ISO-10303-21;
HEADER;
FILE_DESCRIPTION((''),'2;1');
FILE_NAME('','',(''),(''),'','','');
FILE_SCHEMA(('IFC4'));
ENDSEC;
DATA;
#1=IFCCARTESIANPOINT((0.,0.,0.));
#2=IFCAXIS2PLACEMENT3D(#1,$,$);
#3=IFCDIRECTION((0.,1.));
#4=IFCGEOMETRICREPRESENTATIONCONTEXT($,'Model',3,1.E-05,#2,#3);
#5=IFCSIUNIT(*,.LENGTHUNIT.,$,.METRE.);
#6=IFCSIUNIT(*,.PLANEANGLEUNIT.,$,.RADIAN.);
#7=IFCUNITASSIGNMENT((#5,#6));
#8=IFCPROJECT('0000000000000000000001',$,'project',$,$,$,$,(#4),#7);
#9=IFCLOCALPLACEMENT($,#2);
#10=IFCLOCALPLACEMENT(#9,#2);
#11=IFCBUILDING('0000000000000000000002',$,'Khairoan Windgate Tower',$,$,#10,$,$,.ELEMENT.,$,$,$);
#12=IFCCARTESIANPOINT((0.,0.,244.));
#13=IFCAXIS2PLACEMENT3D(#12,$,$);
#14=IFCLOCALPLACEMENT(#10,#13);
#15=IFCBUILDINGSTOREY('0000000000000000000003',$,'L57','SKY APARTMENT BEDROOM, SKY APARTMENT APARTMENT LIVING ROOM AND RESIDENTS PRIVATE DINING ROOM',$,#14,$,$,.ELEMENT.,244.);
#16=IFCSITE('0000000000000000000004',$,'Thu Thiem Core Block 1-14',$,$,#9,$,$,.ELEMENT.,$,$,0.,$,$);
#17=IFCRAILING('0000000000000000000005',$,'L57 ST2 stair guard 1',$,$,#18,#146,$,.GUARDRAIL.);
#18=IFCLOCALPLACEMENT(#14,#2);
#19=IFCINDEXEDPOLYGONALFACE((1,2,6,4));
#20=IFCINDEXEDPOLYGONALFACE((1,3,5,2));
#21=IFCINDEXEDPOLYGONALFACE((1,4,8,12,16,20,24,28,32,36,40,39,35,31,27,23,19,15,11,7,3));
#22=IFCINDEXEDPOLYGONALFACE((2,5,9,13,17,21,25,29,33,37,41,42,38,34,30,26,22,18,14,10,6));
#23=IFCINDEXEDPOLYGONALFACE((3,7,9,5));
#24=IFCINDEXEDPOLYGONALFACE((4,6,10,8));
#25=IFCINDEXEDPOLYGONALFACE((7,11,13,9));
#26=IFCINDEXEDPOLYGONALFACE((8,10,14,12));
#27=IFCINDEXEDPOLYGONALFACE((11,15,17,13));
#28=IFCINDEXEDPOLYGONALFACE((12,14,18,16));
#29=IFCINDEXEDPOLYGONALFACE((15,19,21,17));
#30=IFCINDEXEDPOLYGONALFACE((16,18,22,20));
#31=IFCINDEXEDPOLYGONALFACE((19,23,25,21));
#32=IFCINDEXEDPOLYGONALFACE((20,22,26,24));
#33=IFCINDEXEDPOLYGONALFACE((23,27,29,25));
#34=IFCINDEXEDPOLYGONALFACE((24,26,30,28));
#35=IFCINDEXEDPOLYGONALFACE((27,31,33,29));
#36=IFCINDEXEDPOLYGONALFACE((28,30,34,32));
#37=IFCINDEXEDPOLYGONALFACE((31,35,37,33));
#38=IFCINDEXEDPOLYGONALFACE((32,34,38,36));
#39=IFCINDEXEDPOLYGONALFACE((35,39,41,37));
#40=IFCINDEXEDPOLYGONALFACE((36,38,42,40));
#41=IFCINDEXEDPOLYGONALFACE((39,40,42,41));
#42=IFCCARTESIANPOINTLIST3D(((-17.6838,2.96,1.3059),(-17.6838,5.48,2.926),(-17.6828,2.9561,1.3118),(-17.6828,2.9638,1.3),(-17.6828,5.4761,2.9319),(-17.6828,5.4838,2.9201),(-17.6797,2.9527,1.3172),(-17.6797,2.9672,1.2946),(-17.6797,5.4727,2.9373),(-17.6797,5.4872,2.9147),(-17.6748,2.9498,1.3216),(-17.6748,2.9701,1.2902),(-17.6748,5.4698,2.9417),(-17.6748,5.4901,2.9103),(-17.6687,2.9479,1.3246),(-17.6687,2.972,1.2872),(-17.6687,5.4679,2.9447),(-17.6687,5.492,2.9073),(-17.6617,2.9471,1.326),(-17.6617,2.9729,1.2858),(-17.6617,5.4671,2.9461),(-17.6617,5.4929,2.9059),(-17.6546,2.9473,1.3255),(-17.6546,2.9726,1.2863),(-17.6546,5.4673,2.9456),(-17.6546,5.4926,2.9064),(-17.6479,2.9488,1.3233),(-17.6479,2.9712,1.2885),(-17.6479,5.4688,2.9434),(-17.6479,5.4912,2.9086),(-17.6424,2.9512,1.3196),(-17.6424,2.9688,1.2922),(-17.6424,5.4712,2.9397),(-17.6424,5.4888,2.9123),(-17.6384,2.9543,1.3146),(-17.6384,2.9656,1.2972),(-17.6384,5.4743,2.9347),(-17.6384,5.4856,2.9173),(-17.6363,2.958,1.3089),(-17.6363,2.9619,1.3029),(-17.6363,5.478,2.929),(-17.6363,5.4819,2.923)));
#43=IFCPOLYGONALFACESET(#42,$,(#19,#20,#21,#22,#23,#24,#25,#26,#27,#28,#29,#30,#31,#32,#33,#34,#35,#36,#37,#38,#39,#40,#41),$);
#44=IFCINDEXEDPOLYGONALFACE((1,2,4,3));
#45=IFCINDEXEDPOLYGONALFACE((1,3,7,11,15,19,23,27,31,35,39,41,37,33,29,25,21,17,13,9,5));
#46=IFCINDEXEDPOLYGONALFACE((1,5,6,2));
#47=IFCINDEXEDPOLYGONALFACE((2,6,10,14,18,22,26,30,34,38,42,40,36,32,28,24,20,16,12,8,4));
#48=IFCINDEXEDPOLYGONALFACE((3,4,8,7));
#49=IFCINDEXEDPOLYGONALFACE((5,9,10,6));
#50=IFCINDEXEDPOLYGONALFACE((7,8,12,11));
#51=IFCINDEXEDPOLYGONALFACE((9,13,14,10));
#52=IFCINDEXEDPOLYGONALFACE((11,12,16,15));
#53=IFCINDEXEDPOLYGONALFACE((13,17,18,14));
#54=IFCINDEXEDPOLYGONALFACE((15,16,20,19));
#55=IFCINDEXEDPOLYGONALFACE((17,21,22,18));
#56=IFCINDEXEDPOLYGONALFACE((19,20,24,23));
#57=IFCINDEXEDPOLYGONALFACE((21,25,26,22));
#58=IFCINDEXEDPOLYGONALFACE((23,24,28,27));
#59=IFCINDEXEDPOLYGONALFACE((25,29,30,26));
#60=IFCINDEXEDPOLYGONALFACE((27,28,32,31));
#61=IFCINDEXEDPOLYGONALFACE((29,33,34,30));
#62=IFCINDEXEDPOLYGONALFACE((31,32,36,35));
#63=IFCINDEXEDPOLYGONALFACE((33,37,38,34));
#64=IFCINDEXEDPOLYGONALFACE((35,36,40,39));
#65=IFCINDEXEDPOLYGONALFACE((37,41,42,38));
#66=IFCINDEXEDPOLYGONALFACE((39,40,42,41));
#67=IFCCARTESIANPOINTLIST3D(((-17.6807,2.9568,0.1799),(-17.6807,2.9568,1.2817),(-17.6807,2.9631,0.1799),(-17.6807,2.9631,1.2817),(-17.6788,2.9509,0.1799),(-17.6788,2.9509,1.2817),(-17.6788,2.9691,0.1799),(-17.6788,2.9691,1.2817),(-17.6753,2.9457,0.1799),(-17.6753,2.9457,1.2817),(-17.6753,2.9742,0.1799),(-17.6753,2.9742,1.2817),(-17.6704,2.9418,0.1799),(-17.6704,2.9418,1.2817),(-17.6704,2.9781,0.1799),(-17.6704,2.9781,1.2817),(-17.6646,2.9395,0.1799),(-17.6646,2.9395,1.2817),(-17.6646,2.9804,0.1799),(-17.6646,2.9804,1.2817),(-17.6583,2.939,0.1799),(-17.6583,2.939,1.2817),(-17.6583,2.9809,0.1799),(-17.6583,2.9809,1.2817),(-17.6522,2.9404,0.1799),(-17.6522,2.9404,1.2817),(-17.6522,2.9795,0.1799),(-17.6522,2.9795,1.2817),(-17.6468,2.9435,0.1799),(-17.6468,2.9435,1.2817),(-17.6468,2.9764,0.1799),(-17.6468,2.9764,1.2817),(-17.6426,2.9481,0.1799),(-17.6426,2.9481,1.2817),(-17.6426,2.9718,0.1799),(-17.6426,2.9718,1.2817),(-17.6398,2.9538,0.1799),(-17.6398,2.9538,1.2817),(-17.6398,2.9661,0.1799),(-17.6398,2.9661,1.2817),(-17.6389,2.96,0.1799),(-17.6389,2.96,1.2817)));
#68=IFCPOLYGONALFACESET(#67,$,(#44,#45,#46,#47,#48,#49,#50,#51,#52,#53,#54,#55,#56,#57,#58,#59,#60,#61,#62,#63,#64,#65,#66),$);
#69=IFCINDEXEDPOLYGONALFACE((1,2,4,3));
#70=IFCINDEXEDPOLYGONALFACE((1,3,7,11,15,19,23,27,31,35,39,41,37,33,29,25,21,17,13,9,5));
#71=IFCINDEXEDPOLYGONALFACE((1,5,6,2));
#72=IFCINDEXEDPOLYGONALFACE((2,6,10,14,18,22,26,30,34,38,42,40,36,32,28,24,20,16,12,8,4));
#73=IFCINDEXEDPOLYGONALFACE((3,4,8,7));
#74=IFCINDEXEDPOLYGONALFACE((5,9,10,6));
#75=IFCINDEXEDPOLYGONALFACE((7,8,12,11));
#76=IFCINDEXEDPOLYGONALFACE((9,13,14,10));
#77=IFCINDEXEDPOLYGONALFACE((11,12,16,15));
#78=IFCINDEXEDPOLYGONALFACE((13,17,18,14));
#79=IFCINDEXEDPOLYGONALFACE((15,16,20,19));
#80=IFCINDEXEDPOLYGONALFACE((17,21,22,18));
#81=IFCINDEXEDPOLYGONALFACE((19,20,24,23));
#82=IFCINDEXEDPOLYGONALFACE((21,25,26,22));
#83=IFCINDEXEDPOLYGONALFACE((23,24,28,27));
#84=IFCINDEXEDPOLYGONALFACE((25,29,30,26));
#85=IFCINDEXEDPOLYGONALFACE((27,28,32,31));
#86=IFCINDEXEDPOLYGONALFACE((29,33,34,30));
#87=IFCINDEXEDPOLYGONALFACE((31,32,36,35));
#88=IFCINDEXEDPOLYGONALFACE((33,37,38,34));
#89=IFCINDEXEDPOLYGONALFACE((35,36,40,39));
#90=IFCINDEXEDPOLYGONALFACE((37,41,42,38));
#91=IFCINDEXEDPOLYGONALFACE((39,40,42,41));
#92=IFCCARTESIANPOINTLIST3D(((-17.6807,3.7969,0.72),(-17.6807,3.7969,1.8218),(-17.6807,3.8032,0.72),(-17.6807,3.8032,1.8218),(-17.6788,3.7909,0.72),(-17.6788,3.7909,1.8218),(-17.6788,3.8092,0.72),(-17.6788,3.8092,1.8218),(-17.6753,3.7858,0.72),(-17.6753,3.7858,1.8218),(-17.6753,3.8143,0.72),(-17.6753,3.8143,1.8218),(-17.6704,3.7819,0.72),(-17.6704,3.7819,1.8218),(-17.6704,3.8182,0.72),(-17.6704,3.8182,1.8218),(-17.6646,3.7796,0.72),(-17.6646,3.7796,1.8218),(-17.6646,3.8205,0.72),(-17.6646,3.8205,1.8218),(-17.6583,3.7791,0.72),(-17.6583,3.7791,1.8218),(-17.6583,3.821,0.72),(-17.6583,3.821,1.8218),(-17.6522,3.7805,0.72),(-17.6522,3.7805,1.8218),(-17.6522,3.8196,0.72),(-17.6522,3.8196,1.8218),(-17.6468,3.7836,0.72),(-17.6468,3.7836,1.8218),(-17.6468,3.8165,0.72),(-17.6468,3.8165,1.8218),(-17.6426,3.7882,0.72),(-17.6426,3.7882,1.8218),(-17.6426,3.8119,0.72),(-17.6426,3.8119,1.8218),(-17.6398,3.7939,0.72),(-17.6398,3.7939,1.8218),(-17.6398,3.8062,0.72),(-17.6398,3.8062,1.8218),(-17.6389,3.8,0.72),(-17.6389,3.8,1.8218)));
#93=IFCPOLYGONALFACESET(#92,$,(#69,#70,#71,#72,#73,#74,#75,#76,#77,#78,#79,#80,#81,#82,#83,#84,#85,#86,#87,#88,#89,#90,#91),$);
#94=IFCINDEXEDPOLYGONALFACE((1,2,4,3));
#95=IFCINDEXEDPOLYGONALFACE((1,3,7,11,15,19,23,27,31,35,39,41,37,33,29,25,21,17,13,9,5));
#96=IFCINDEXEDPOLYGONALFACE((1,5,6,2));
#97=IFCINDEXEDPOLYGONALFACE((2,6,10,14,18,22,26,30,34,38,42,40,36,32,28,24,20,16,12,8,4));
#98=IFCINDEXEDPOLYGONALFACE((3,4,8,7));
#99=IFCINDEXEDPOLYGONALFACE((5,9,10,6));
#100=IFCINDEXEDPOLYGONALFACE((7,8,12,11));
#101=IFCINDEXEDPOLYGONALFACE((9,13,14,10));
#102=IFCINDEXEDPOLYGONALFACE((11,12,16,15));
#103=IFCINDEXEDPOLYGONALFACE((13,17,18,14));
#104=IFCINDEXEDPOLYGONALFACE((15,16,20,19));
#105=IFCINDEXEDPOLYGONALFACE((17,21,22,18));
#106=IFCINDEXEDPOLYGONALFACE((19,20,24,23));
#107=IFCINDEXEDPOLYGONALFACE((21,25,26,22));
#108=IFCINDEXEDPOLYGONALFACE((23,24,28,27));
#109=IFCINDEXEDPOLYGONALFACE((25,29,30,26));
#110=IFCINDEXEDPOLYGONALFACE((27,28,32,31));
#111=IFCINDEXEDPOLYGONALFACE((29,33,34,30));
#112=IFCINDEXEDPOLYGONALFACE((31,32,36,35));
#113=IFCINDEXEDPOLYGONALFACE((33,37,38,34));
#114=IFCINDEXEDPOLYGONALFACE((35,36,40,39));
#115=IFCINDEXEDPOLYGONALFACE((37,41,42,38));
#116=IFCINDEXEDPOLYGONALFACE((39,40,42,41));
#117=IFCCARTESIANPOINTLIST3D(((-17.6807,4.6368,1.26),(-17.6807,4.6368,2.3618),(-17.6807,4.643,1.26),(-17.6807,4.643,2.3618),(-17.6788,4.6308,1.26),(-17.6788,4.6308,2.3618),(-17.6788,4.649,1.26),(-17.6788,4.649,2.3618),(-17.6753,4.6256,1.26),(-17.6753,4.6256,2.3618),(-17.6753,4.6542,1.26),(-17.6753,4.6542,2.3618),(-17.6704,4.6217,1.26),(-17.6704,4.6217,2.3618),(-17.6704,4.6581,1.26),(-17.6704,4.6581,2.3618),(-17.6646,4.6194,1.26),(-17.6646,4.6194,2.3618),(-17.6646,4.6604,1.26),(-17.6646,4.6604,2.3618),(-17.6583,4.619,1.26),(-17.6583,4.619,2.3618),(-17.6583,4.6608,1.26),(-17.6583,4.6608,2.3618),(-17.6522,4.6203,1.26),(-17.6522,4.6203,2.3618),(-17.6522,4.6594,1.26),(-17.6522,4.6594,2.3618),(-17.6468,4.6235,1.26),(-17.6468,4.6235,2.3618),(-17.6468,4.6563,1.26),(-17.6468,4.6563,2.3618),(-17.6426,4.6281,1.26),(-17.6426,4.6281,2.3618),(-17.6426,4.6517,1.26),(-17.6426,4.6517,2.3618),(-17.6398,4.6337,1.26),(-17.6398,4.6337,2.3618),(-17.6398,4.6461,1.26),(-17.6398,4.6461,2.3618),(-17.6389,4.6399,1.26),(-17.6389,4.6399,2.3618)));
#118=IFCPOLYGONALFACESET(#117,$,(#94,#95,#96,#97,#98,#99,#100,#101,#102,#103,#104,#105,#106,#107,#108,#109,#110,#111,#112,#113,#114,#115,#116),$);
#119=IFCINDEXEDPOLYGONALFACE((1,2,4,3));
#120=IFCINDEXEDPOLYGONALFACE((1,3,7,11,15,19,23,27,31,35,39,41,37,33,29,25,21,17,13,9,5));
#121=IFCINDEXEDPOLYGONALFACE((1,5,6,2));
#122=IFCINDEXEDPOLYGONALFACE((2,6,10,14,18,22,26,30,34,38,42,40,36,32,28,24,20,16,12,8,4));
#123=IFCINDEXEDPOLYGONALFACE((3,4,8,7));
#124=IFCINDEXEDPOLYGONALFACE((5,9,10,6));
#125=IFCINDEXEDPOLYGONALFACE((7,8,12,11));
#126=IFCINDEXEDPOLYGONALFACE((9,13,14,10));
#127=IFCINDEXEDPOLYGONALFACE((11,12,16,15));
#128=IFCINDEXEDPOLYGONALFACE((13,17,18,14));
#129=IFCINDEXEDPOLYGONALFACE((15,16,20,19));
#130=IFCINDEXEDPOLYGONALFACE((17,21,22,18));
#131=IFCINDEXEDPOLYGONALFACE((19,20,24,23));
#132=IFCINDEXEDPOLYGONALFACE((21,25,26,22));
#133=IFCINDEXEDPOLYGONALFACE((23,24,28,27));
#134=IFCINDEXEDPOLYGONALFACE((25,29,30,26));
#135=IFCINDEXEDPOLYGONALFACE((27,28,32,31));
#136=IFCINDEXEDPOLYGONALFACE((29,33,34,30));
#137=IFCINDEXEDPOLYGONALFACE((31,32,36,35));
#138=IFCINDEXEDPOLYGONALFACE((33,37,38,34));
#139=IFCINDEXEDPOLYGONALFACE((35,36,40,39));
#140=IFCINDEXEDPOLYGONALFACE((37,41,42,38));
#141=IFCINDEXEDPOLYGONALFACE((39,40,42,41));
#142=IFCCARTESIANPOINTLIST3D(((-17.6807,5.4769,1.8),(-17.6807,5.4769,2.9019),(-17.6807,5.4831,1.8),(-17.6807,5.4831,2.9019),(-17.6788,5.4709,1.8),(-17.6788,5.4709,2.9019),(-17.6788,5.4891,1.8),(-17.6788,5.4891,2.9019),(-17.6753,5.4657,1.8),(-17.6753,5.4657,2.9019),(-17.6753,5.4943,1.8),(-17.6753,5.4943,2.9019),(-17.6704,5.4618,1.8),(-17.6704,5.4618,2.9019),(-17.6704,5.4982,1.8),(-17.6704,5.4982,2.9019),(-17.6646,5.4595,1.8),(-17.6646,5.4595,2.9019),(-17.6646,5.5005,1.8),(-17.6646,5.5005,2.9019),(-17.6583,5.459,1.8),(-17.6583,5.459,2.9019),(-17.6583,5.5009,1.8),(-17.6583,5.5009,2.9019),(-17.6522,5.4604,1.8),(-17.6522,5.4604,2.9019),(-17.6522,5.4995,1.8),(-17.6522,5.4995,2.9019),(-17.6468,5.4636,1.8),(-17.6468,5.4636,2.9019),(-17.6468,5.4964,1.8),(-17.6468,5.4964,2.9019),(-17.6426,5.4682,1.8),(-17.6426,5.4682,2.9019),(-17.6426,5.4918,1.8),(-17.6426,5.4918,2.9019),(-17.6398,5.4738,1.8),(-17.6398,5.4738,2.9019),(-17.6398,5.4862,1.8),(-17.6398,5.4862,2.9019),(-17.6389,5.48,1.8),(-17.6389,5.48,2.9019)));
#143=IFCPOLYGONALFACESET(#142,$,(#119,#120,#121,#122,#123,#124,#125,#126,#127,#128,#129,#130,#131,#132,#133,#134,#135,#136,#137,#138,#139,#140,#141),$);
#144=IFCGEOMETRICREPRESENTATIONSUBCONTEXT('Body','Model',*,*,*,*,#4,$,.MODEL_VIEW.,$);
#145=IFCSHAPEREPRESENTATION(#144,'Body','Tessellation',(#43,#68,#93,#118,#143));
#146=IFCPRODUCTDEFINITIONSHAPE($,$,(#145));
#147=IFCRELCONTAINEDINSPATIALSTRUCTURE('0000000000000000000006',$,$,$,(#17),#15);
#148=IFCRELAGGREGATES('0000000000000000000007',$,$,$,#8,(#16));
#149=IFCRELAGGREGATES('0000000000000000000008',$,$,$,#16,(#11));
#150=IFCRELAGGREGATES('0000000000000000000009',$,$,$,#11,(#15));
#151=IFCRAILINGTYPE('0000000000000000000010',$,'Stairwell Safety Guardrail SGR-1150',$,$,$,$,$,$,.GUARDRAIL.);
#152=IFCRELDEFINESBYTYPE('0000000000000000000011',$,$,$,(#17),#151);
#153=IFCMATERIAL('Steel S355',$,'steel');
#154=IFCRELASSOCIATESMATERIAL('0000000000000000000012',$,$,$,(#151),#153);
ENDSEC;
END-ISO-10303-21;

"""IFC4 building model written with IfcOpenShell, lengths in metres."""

from ifc_helpers import new_model, si_unit, direction, frame, origin, origin_2d, place, context, subcontext, project, spatial, circle, extrude, material, type_object, element, save


model = new_model("IFC4")

# Units and contexts
model_context = context("Model", 3, precision=1e-05, world=origin(), true_north=direction((0.0, 1.0)))
body_context = subcontext(model_context, "Body", "Model", "MODEL_VIEW")
ifc_project = project(units=[si_unit("LENGTHUNIT", "METRE"), si_unit("PLANEANGLEUNIT", "RADIAN")], contexts=[model_context])

# Site, building, storey
site_placement = place(None, origin())
site = spatial("IfcSite", under=ifc_project, at=site_placement, Name="Thu Thiem Core Block 1-14", CompositionType="ELEMENT", RefElevation=0.0)
building_placement = place(site_placement, origin())
building = spatial("IfcBuilding", under=site, at=building_placement, Name="Khairoan Windgate Tower", CompositionType="ELEMENT")
storey_placement = place(building_placement, frame((0.0, 0.0, 244.0)))
storey = spatial("IfcBuildingStorey", under=building, at=storey_placement, Name="L57", Description="SKY APARTMENT BEDROOM, SKY APARTMENT APARTMENT LIVING ROOM AND RESIDENTS PRIVATE DINING ROOM", CompositionType="ELEMENT", Elevation=244.0)

# Railing
ifc_material_1 = material(Name="Steel S355", Category="steel")
railing_type_1 = type_object("IfcRailingType", Name="Stairwell Safety Guardrail SGR-1150", PredefinedType="GUARDRAIL", material=ifc_material_1)
railing_1_placement = place(storey_placement, frame((-17.6599, 2.96, 0.1799)))
element("IfcRailing", 1, at=railing_1_placement, inside=storey, type_object=railing_type_1, Name="L57 ST2 stair guard 1", PredefinedType="GUARDRAIL", context=body_context, shape_type="SweptSolid", body=[
    extrude(circle(Radius=0.0239, at=origin_2d()), frame((0.0, 0.0, 1.126), z_axis=(0.0, 0.841163, 0.540782), x_axis=(-1.0, 0.0, 0.0)), (0.0, 0.0, 1.0), 2.9958),
    extrude(circle(Radius=0.021, at=origin_2d()), origin(), (0.0, 0.0, 1.0), 1.1018),
    extrude(circle(Radius=0.021, at=origin_2d()), frame((0.0, 0.8401, 0.54)), (0.0, 0.0, 1.0), 1.1018),
    extrude(circle(Radius=0.021, at=origin_2d()), frame((0.0, 1.6799, 1.0801)), (0.0, 0.0, 1.0), 1.1018),
    extrude(circle(Radius=0.021, at=origin_2d()), frame((0.0, 2.52, 1.6201)), (0.0, 0.0, 1.0), 1.1018),
])

save(model, "model.ifc")
